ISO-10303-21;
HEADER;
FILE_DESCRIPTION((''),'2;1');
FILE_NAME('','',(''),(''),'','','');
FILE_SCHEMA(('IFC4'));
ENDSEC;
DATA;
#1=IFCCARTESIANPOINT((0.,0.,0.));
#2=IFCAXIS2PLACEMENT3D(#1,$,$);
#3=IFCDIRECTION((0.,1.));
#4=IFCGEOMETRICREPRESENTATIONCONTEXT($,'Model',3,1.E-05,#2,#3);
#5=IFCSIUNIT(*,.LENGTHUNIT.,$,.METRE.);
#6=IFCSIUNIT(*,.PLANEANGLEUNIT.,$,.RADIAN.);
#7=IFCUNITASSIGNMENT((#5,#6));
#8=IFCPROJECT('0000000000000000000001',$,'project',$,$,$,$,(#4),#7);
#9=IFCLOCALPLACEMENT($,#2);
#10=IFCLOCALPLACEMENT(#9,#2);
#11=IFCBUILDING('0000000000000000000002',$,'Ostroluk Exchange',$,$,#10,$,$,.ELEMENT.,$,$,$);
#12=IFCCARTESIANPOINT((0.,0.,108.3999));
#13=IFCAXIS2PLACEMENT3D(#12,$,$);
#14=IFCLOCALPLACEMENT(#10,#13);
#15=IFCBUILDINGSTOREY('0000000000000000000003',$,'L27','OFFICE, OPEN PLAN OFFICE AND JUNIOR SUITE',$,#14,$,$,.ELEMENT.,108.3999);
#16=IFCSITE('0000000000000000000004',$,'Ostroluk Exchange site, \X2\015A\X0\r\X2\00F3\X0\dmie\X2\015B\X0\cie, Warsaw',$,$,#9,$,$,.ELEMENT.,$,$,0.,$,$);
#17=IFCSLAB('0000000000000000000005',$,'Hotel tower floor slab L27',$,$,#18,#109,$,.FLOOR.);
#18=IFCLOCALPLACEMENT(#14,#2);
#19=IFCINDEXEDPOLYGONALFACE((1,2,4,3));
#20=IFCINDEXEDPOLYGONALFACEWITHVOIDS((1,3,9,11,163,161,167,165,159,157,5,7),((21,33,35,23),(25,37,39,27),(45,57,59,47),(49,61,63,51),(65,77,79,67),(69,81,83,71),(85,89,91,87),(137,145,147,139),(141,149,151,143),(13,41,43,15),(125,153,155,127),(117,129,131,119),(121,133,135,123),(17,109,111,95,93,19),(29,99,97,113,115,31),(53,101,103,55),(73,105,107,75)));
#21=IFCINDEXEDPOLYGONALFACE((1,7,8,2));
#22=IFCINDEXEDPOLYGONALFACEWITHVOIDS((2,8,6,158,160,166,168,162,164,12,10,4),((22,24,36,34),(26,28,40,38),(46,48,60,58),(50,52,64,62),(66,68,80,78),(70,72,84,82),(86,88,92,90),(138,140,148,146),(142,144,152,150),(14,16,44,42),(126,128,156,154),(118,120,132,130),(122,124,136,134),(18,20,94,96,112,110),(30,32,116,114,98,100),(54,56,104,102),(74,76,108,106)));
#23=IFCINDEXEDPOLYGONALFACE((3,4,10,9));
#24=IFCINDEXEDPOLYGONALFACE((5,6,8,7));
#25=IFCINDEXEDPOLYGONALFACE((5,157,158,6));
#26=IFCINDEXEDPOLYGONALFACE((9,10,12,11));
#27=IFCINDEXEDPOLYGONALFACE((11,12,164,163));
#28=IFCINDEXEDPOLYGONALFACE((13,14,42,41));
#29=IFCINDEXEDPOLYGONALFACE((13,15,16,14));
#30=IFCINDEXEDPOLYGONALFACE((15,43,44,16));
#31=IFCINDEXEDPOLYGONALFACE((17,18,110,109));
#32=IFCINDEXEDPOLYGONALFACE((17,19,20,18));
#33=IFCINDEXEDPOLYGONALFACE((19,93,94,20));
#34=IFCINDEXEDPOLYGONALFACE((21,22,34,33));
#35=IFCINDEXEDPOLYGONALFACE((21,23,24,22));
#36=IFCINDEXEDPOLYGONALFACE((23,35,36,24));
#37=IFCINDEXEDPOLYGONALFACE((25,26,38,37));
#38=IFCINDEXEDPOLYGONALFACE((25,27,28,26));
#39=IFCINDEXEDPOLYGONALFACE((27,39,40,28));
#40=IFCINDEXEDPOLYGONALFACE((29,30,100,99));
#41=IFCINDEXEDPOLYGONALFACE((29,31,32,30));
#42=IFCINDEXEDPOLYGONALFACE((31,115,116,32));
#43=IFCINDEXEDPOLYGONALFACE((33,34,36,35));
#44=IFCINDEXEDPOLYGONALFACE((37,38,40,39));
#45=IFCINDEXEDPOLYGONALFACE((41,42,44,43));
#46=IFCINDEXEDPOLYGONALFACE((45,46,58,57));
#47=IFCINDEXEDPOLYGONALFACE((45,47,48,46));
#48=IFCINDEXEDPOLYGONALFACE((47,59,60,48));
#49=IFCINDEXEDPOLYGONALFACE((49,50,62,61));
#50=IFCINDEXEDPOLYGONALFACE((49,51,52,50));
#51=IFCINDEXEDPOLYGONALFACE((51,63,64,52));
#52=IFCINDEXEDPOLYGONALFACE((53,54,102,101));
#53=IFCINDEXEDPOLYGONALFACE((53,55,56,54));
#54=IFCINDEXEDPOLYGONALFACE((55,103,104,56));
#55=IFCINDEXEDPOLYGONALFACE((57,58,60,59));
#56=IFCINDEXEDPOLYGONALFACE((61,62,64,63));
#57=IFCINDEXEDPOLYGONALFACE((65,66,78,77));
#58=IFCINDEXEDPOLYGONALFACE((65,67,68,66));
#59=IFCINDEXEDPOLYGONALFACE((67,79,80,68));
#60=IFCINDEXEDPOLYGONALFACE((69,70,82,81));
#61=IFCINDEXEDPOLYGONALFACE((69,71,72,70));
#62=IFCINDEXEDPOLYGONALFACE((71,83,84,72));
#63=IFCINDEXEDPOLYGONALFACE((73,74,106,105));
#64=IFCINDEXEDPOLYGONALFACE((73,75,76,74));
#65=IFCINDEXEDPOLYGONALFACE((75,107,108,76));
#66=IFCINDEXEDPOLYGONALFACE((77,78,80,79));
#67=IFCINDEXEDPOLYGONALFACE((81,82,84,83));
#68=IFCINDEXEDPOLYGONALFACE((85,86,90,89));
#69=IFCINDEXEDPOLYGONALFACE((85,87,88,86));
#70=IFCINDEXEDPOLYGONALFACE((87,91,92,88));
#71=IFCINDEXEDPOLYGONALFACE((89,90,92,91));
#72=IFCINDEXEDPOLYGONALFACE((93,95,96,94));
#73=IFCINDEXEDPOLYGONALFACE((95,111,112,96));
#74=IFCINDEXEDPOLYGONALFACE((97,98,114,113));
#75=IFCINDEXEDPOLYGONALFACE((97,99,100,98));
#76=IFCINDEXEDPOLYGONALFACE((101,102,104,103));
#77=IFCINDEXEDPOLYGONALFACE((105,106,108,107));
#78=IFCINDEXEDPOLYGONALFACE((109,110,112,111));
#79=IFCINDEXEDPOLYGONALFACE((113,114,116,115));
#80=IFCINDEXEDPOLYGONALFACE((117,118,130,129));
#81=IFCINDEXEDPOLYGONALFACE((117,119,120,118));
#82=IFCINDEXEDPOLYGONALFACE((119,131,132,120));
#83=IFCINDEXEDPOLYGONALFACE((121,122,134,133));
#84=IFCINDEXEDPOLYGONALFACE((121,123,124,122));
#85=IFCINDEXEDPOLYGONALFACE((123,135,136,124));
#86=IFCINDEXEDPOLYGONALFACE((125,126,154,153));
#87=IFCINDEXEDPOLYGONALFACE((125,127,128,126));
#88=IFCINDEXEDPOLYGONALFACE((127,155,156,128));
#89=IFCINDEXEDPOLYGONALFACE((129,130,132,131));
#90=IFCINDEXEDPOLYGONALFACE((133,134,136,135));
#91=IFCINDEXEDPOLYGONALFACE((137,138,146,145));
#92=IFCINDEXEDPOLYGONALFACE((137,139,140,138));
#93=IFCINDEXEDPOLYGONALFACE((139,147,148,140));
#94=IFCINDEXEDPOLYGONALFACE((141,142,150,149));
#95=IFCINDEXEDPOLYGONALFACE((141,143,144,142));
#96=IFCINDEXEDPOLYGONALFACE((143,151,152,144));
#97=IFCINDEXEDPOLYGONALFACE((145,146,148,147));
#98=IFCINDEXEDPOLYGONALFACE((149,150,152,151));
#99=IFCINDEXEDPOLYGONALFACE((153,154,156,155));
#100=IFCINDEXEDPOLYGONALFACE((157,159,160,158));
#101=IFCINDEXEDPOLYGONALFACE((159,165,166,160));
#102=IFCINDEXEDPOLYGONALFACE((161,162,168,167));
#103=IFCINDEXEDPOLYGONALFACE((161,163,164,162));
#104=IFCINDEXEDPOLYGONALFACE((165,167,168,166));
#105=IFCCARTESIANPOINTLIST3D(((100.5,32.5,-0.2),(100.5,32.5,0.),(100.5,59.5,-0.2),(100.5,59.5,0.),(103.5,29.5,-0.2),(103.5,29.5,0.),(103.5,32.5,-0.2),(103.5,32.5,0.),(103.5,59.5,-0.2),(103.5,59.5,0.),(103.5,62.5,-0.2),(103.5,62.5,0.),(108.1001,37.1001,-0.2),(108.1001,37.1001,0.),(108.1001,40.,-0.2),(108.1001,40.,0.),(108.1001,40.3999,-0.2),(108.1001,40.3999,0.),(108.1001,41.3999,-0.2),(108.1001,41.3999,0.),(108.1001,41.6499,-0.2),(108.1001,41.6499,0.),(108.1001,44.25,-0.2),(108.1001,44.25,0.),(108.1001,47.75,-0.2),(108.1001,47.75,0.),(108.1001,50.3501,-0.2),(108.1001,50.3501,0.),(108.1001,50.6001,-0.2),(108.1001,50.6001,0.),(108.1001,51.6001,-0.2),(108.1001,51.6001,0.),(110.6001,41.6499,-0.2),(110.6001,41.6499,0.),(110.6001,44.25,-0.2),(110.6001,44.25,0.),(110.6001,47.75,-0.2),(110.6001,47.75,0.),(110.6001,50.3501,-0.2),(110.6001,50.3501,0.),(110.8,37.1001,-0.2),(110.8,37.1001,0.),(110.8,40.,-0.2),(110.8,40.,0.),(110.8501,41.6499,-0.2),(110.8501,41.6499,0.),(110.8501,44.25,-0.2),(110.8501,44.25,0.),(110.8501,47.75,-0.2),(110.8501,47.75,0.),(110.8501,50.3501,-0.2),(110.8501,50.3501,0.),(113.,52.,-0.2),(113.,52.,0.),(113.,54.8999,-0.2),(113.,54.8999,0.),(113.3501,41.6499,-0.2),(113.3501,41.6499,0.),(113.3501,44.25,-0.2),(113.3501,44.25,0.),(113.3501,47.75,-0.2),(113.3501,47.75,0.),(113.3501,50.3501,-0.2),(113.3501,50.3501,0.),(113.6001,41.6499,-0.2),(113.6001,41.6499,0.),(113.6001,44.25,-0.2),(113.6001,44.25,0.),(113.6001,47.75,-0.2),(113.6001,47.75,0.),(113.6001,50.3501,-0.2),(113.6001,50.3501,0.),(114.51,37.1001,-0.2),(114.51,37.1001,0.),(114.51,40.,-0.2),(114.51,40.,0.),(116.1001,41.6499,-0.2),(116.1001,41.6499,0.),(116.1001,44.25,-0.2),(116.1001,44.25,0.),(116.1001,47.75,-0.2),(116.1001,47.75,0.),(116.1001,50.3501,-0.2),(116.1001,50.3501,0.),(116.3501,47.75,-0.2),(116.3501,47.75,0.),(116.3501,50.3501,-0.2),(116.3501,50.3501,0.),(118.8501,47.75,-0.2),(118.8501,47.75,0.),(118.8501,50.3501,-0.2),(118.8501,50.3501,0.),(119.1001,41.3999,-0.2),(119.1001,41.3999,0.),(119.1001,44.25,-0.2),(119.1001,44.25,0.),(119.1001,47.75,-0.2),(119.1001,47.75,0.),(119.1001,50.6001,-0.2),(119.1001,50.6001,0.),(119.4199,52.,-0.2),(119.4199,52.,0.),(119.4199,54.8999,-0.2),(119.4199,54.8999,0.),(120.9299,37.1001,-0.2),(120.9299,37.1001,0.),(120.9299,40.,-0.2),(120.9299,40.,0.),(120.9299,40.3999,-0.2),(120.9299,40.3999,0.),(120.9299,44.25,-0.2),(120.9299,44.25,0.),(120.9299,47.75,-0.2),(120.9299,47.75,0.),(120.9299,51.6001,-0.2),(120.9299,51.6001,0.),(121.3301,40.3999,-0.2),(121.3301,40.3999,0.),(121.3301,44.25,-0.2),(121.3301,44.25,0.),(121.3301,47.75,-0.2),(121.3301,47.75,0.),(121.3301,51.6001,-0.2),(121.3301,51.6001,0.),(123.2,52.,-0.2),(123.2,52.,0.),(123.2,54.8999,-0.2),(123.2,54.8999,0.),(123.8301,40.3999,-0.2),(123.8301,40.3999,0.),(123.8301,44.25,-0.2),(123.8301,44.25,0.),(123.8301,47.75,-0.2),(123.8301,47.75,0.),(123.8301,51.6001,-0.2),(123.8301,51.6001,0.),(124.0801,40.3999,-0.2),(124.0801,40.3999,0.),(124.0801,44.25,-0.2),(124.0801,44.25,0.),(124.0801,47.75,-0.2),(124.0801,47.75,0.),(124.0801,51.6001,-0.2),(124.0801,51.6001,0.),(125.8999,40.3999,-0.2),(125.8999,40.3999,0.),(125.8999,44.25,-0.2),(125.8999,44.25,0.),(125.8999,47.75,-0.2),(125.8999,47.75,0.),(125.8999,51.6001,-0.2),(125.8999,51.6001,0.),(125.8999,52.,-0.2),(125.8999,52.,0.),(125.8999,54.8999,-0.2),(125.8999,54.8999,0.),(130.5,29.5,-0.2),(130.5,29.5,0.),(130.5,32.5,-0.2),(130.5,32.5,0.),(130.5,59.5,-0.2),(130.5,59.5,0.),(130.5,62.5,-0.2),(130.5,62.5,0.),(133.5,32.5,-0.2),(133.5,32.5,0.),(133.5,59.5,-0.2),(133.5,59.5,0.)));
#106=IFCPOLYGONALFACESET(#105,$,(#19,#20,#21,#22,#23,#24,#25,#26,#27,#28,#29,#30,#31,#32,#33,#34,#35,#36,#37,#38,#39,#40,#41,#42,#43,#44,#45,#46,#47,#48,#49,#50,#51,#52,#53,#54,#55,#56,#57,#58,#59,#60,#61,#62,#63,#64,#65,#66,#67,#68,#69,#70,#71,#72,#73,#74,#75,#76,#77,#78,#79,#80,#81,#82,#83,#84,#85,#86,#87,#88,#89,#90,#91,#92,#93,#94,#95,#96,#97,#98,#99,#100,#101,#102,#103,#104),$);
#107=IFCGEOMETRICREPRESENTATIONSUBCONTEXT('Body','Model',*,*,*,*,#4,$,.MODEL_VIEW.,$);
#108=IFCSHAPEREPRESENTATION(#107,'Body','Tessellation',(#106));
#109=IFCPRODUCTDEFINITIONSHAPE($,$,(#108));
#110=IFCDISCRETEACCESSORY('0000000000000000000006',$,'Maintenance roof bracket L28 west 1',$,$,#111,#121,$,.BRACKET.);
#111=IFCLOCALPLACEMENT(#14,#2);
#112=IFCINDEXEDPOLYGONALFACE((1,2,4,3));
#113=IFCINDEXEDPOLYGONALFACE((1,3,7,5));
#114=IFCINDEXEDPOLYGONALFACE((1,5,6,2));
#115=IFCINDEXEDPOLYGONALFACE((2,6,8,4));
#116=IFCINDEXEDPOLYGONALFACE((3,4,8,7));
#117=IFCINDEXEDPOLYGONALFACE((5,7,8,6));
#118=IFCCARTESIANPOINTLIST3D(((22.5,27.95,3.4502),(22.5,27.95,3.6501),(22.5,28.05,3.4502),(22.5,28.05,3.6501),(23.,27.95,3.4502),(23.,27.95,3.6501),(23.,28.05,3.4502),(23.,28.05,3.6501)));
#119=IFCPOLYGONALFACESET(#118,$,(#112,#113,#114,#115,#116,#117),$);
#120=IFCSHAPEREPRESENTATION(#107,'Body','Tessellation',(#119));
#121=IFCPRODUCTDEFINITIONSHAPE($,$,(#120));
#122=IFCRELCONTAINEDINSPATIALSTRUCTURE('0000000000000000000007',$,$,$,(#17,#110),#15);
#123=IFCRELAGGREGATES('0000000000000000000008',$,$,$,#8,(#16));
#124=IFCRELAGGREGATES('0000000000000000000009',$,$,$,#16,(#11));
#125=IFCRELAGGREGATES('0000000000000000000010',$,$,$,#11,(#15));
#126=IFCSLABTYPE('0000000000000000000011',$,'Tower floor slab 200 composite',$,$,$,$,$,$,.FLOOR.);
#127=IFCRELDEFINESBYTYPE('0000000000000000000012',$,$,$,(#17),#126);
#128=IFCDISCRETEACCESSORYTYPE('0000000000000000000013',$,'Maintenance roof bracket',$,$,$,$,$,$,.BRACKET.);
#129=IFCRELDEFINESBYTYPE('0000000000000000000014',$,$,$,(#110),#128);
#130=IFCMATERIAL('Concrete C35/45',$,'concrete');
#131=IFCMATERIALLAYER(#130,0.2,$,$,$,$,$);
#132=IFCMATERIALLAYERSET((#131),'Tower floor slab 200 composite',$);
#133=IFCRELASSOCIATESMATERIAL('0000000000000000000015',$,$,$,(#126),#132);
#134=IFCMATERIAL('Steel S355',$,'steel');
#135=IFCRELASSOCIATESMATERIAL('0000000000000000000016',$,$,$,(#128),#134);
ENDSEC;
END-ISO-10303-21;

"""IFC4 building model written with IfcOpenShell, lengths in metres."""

from ifc_helpers import new_model, si_unit, direction, frame, origin, origin_2d, place, context, subcontext, project, spatial, polyline, rectangle, outline, extrude, material, layer, layer_set, type_object, element, save


model = new_model("IFC4")

# Units and contexts
model_context = context("Model", 3, precision=1e-05, world=origin(), true_north=direction((0.0, 1.0)))
body_context = subcontext(model_context, "Body", "Model", "MODEL_VIEW")
ifc_project = project(units=[si_unit("LENGTHUNIT", "METRE"), si_unit("PLANEANGLEUNIT", "RADIAN")], contexts=[model_context])

# Site, building, storey
site_placement = place(None, origin())
site = spatial("IfcSite", under=ifc_project, at=site_placement, Name="Ostroluk Exchange site, Śródmieście, Warsaw", CompositionType="ELEMENT", RefElevation=0.0)
building_placement = place(site_placement, origin())
building = spatial("IfcBuilding", under=site, at=building_placement, Name="Ostroluk Exchange", CompositionType="ELEMENT")
storey_placement = place(building_placement, frame((0.0, 0.0, 108.3999)))
storey = spatial("IfcBuildingStorey", under=building, at=storey_placement, Name="L27", Description="OFFICE, OPEN PLAN OFFICE AND JUNIOR SUITE", CompositionType="ELEMENT", Elevation=108.3999)

# Slab
ifc_material_1 = material(Name="Concrete C35/45", Category="concrete")
ifc_layer_1 = layer(ifc_material_1, 0.2)
ifc_layer_set_1 = layer_set([ifc_layer_1], Name="Tower floor slab 200 composite")
slab_type_1 = type_object("IfcSlabType", Name="Tower floor slab 200 composite", PredefinedType="FLOOR", material=ifc_layer_set_1)
slab_1_placement = place(storey_placement, frame((0.0, 0.0, -0.2)))
element("IfcSlab", 1, at=slab_1_placement, inside=storey, type_object=slab_type_1, Name="Hotel tower floor slab L27", PredefinedType="FLOOR", context=body_context, shape_type="SweptSolid", body=[
    extrude(outline(polyline([(103.5, 29.5), (130.5, 29.5), (130.5, 32.5), (133.5, 32.5), (133.5, 59.5), (130.5, 59.5), (130.5, 62.5), (103.5, 62.5), (103.5, 59.5), (100.5, 59.5), (100.5, 32.5), (103.5, 32.5), (103.5, 29.5)]), holes=[polyline([(108.1001, 37.1001), (110.8, 37.1001), (110.8, 40.0), (108.1001, 40.0), (108.1001, 37.1001)]), polyline([(114.51, 37.1001), (120.9299, 37.1001), (120.9299, 40.0), (114.51, 40.0), (114.51, 37.1001)]), polyline([(113.0, 52.0), (119.4199, 52.0), (119.4199, 54.8999), (113.0, 54.8999), (113.0, 52.0)]), polyline([(123.2, 52.0), (125.8999, 52.0), (125.8999, 54.8999), (123.2, 54.8999), (123.2, 52.0)]), polyline([(108.1001, 47.75), (110.6001, 47.75), (110.6001, 50.3501), (108.1001, 50.3501), (108.1001, 47.75)]), polyline([(110.8501, 47.75), (113.3501, 47.75), (113.3501, 50.3501), (110.8501, 50.3501), (110.8501, 47.75)]), polyline([(113.6001, 47.75), (116.1001, 47.75), (116.1001, 50.3501), (113.6001, 50.3501), (113.6001, 47.75)]), polyline([(116.3501, 47.75), (118.8501, 47.75), (118.8501, 50.3501), (116.3501, 50.3501), (116.3501, 47.75)]), polyline([(108.1001, 41.6499), (110.6001, 41.6499), (110.6001, 44.25), (108.1001, 44.25), (108.1001, 41.6499)]), polyline([(110.8501, 41.6499), (113.3501, 41.6499), (113.3501, 44.25), (110.8501, 44.25), (110.8501, 41.6499)]), polyline([(113.6001, 41.6499), (116.1001, 41.6499), (116.1001, 44.25), (113.6001, 44.25), (113.6001, 41.6499)]), polyline([(121.3301, 47.75), (123.8301, 47.75), (123.8301, 51.6001), (121.3301, 51.6001), (121.3301, 47.75)]), polyline([(121.3301, 40.3999), (123.8301, 40.3999), (123.8301, 44.25), (121.3301, 44.25), (121.3301, 40.3999)]), polyline([(120.9299, 51.6001), (120.9299, 47.75), (119.1001, 47.75), (119.1001, 50.6001), (108.1001, 50.6001), (108.1001, 51.6001), (120.9299, 51.6001)]), polyline([(108.1001, 40.3999), (108.1001, 41.3999), (119.1001, 41.3999), (119.1001, 44.25), (120.9299, 44.25), (120.9299, 40.3999), (108.1001, 40.3999)]), polyline([(124.0801, 47.75), (125.8999, 47.75), (125.8999, 51.6001), (124.0801, 51.6001), (124.0801, 47.75)]), polyline([(124.0801, 40.3999), (125.8999, 40.3999), (125.8999, 44.25), (124.0801, 44.25), (124.0801, 40.3999)])]), origin(), (0.0, 0.0, 1.0), 0.2),
])

# Discrete accessory
ifc_material_2 = material(Name="Steel S355", Category="steel")
discrete_accessory_type = type_object("IfcDiscreteAccessoryType", Name="Maintenance roof bracket", PredefinedType="BRACKET", material=ifc_material_2)
discrete_accessory_placement = place(storey_placement, frame((22.75, 28.0, 3.4502), z_axis=(0.0, 0.0, 1.0), x_axis=(1.0, 0.0, 0.0)))
element("IfcDiscreteAccessory", 2, at=discrete_accessory_placement, inside=storey, type_object=discrete_accessory_type, Name="Maintenance roof bracket L28 west 1", PredefinedType="BRACKET", context=body_context, shape_type="SweptSolid", body=[
    extrude(rectangle(XDim=0.5, YDim=0.1001, at=origin_2d()), origin(), (0.0, 0.0, 1.0), 0.2),
])

save(model, "model.ifc")
